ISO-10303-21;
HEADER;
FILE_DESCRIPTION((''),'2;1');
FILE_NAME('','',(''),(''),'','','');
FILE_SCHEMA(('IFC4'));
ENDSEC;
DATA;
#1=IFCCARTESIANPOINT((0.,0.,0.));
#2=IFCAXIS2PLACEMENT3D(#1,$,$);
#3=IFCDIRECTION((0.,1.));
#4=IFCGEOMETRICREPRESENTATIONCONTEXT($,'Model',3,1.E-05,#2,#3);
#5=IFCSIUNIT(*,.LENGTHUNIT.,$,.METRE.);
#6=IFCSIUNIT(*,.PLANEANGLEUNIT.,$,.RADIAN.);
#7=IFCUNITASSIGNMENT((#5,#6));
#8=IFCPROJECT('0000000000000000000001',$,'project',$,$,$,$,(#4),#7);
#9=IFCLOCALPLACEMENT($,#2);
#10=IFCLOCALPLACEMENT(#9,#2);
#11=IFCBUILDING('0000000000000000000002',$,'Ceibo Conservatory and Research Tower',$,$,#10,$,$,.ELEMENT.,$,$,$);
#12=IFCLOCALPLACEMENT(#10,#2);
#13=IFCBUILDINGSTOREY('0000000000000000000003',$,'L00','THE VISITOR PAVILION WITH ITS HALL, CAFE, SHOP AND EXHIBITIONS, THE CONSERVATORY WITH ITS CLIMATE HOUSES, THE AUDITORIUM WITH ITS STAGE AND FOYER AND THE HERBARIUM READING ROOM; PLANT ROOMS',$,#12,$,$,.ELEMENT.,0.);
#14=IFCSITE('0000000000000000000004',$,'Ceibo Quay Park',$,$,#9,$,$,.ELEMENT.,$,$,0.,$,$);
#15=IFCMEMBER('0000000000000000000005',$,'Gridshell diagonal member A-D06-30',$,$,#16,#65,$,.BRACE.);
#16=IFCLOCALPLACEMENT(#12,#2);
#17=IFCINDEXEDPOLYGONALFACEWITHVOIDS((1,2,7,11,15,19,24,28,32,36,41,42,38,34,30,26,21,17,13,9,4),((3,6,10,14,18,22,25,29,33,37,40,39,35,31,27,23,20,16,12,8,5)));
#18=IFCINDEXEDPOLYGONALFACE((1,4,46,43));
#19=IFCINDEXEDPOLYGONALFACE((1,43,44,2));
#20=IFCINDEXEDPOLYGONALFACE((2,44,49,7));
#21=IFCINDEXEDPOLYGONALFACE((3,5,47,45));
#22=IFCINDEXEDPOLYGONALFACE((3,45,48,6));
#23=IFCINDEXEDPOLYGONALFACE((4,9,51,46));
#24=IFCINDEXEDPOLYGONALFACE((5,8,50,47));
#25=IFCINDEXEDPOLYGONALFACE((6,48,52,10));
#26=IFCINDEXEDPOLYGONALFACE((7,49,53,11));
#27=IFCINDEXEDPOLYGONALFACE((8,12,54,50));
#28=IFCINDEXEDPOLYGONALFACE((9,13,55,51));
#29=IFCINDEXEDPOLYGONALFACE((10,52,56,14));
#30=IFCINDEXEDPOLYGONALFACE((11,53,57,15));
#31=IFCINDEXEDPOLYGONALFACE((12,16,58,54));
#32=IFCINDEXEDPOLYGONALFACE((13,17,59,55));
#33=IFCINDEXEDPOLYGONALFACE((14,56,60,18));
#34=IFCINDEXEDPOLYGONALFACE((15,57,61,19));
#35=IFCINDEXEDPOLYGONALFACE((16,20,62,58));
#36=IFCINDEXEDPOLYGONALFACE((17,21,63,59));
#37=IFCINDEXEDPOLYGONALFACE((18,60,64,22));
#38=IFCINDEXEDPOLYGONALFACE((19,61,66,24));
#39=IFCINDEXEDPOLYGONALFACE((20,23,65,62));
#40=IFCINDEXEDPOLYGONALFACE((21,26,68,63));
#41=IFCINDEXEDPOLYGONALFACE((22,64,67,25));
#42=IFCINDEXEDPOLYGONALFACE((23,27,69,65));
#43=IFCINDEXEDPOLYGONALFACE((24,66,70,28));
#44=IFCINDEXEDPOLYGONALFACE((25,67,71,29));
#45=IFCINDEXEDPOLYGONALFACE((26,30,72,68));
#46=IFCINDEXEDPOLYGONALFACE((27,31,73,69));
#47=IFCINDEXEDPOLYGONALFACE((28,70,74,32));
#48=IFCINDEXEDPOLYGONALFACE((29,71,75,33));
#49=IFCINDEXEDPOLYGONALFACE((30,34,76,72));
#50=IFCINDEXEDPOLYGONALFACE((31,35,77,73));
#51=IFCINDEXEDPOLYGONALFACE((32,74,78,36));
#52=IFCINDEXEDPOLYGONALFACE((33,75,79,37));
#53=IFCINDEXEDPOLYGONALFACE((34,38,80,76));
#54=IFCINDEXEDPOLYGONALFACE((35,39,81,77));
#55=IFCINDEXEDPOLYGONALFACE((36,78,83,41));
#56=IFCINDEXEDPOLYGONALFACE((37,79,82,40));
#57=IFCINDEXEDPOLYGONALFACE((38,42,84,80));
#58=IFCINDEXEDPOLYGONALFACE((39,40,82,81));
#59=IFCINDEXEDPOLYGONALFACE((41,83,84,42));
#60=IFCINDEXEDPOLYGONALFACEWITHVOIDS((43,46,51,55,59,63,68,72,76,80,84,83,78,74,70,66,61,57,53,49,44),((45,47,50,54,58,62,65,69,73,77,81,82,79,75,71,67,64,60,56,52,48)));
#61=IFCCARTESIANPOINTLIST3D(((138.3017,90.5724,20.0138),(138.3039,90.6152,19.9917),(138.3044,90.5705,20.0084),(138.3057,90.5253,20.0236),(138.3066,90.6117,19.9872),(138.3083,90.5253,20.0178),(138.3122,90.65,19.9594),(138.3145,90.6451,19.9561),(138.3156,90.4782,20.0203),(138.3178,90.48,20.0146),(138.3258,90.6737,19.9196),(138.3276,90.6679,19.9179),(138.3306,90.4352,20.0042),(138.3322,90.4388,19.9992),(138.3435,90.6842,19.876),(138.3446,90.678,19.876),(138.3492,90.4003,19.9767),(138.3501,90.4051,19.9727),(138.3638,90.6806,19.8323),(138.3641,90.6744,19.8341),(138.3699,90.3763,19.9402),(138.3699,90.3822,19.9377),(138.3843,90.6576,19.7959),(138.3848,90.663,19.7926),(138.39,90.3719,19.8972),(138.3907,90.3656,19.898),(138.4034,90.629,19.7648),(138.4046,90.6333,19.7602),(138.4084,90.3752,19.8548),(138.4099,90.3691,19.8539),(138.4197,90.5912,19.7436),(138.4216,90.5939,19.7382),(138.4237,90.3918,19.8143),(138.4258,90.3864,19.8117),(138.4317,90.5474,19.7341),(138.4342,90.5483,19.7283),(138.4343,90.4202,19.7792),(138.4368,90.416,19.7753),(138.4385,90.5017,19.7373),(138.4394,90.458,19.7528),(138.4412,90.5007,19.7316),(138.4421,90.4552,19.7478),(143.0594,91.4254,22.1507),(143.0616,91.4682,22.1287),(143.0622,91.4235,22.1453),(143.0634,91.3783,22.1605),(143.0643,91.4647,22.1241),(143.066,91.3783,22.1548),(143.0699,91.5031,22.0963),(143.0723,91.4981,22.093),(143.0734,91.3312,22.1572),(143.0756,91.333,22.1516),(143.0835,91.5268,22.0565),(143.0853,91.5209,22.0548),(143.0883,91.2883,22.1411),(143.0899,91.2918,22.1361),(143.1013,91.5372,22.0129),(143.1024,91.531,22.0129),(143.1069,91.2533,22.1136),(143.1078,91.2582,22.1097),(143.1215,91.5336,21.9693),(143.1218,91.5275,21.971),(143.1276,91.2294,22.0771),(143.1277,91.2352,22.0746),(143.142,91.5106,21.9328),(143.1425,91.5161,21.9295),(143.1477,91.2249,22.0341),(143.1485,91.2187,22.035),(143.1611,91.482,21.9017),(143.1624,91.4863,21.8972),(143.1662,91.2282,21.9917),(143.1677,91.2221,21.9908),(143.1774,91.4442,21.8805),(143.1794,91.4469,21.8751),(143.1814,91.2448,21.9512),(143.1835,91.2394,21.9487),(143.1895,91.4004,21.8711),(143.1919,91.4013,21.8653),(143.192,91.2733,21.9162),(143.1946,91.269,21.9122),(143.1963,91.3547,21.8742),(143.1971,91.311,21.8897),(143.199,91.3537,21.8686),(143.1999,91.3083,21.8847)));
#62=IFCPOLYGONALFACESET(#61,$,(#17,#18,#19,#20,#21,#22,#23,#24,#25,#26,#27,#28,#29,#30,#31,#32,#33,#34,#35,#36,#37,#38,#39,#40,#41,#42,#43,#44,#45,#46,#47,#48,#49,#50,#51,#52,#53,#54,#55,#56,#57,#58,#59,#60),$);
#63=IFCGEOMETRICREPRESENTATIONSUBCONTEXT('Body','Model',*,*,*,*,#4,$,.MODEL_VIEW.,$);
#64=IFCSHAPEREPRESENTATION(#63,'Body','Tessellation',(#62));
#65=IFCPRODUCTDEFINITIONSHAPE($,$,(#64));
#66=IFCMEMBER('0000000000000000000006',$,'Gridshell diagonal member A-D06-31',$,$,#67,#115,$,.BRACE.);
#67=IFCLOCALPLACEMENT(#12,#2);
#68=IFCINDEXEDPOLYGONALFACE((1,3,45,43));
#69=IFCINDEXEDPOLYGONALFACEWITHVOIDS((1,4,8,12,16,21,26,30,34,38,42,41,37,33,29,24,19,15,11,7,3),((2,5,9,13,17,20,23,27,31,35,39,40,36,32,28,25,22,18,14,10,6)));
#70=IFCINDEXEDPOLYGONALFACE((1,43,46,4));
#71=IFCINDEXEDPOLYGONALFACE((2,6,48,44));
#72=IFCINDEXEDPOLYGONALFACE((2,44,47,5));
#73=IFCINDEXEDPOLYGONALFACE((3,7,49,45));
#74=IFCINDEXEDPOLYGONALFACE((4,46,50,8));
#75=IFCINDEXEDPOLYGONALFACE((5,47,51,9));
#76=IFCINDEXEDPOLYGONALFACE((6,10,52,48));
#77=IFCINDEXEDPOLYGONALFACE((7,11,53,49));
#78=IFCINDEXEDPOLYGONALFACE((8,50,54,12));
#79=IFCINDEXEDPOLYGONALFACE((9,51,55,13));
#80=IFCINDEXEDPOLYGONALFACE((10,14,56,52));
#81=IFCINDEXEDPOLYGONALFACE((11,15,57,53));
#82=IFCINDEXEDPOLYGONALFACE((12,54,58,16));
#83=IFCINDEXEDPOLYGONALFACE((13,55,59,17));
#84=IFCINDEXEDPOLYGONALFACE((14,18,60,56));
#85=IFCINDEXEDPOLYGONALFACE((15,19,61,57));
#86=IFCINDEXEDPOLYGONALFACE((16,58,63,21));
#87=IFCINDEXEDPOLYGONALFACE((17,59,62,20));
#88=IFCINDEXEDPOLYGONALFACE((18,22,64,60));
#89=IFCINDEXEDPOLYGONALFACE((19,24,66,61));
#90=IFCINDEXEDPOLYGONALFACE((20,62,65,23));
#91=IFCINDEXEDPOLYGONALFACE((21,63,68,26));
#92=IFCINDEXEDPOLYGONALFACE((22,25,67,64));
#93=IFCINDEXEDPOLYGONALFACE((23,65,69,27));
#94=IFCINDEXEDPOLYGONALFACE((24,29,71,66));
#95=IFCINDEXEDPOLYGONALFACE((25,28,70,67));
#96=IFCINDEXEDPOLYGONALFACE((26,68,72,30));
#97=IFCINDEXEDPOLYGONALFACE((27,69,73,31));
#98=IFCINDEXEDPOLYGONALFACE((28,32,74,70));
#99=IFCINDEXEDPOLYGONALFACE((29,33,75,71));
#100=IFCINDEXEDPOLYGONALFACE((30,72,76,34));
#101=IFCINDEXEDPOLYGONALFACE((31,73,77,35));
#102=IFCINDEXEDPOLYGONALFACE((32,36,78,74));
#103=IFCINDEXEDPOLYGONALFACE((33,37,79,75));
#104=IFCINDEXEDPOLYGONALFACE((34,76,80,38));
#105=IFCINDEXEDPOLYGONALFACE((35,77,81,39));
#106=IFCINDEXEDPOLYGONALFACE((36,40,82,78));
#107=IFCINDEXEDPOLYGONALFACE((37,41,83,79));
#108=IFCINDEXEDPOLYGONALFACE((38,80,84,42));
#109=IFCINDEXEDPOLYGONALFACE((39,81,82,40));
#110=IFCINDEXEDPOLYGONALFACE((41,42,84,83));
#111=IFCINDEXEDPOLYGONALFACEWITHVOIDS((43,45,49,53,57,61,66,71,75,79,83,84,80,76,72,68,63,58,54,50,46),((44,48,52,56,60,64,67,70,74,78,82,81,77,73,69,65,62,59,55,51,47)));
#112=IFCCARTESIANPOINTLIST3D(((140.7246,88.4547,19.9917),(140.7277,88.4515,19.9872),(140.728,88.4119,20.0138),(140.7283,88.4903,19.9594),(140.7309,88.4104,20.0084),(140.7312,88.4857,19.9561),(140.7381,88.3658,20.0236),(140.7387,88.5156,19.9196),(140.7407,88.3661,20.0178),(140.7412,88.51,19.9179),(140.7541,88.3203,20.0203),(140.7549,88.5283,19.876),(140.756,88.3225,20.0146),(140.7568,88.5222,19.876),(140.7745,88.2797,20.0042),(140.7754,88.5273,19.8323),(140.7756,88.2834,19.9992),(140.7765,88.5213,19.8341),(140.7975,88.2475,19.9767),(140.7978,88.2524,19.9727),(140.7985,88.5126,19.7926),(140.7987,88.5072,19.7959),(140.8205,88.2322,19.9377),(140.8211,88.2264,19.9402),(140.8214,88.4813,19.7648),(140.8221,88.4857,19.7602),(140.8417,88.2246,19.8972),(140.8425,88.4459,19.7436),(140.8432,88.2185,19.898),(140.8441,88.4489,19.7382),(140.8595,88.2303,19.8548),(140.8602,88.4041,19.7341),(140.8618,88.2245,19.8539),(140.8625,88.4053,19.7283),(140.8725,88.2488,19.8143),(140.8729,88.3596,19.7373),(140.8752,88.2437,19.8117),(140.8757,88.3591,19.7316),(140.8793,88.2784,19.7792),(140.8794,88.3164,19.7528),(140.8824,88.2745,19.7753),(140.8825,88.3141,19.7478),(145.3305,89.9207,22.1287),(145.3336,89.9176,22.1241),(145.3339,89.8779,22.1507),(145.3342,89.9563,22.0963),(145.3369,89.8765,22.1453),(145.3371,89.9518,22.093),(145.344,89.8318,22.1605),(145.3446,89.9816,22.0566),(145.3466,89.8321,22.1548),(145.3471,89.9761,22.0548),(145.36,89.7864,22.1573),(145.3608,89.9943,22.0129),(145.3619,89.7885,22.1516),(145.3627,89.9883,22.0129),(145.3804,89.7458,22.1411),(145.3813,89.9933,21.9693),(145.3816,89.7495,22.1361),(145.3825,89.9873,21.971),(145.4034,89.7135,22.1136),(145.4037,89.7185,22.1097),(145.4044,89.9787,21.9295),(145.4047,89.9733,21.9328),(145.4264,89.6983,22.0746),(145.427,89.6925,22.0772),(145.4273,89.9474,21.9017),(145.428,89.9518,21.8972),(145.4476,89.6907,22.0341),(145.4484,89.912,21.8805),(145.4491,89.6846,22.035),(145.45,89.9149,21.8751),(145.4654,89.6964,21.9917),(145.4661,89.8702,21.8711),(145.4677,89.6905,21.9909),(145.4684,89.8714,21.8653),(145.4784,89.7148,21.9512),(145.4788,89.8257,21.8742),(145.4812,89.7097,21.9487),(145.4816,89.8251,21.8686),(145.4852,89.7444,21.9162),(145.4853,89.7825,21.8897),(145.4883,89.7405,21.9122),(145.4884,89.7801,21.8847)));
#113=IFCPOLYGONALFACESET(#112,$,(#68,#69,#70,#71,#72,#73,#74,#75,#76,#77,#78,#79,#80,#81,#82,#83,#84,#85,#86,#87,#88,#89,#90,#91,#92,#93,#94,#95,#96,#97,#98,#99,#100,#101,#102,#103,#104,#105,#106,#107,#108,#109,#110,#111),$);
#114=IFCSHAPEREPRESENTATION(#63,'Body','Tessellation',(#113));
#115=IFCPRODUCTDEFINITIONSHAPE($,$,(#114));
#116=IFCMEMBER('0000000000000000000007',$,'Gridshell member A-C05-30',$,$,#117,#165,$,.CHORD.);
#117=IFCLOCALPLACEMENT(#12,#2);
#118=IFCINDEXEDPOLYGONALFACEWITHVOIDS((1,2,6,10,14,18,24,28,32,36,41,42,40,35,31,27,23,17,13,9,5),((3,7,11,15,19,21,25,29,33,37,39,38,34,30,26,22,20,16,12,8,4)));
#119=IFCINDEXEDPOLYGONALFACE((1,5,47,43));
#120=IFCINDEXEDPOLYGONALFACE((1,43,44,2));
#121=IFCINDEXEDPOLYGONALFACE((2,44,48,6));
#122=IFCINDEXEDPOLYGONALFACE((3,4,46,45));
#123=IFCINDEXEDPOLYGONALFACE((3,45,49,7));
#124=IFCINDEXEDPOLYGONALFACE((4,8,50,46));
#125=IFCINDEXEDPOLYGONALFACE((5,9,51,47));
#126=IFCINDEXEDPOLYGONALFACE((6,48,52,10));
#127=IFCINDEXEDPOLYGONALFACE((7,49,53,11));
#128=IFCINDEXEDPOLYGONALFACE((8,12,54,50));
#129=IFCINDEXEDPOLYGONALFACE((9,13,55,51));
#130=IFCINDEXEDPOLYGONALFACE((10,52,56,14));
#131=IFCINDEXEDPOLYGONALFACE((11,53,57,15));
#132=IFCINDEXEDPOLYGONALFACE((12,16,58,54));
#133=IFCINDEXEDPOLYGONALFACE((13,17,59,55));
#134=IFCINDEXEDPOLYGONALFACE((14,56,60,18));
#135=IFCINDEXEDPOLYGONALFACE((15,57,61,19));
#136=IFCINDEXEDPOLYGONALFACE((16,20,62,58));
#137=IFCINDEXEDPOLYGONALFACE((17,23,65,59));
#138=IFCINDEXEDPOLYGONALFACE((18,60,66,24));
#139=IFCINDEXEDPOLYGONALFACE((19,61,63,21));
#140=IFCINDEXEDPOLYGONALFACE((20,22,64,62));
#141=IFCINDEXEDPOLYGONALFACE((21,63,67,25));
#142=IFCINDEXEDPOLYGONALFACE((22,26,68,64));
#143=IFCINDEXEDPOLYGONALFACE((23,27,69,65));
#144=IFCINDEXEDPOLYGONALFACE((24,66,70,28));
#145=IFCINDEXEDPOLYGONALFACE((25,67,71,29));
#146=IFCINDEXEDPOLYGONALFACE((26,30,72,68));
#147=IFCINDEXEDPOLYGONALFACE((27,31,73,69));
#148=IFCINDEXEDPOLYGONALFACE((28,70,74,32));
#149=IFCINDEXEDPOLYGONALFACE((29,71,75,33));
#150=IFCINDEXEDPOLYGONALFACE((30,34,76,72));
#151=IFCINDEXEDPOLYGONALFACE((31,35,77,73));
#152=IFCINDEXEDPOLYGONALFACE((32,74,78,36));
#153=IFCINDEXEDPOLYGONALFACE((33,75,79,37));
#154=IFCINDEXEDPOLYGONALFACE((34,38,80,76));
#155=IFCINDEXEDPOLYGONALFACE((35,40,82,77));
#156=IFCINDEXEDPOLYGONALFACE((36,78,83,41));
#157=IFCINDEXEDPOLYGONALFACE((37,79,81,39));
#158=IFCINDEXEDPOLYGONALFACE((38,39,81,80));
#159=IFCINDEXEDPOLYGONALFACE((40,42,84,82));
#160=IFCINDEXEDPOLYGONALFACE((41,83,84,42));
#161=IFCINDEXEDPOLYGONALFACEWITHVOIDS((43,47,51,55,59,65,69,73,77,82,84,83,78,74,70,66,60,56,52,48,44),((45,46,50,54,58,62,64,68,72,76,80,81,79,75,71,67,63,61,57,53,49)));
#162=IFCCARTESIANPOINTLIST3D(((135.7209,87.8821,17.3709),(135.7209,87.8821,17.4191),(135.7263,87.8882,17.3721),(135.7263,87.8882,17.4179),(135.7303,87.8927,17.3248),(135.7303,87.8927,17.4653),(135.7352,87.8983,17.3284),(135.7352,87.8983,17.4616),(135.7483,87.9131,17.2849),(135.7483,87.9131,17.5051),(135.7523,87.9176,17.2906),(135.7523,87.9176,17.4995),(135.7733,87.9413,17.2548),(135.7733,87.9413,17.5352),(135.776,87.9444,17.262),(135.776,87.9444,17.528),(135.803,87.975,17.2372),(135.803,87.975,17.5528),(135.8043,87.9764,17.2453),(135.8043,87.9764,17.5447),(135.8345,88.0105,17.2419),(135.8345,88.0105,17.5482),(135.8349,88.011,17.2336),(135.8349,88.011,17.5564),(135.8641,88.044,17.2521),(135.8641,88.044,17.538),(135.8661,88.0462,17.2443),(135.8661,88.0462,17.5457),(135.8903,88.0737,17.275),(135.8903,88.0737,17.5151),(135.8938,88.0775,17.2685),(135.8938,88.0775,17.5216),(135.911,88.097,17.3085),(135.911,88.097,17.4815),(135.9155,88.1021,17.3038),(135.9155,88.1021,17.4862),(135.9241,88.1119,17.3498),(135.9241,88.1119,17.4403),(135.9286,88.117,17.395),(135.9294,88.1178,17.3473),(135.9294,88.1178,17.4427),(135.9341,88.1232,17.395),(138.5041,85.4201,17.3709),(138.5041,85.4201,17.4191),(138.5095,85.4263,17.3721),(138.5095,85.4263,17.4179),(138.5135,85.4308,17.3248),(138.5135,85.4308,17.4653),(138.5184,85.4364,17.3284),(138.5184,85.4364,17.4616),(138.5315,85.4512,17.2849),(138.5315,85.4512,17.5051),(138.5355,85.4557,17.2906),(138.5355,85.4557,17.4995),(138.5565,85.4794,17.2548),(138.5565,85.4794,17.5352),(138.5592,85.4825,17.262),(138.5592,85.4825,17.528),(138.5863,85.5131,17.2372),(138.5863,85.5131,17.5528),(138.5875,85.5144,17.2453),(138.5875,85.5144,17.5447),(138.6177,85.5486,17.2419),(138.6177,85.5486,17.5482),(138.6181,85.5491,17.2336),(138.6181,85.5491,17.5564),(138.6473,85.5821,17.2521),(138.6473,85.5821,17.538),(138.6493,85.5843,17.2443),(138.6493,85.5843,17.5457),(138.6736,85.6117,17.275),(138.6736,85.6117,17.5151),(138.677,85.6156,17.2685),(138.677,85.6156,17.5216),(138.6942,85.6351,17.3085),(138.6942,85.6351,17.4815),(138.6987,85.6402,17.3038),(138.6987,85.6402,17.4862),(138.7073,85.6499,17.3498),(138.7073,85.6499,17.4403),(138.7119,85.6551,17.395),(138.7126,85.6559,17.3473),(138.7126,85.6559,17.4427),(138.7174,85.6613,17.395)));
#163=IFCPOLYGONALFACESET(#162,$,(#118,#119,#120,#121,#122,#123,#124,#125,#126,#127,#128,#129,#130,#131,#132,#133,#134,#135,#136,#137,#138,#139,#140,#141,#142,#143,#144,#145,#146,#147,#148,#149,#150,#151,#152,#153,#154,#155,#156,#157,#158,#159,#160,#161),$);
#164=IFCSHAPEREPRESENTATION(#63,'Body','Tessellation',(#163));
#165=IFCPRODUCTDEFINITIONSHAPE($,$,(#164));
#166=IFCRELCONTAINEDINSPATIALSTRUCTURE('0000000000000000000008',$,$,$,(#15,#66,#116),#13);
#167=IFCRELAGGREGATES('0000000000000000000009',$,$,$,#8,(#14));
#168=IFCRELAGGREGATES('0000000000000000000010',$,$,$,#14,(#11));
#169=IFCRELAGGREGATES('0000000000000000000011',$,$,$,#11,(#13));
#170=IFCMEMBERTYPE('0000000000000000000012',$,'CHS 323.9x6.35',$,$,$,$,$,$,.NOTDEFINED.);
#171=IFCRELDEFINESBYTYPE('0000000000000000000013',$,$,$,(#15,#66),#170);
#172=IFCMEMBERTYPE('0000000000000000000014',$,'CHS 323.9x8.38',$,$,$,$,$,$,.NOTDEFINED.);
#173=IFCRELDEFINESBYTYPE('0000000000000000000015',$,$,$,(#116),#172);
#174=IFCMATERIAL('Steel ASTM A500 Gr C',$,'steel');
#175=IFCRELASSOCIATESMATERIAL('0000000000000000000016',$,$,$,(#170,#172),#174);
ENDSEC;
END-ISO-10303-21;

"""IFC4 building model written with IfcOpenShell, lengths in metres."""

from ifc_helpers import new_model, si_unit, direction, frame, origin, origin_2d, place, context, subcontext, project, spatial, hollow_circle, extrude, material, material_profile, profile_set, type_object, element, save


model = new_model("IFC4")

# Units and contexts
model_context = context("Model", 3, precision=1e-05, world=origin(), true_north=direction((0.0, 1.0)))
body_context = subcontext(model_context, "Body", "Model", "MODEL_VIEW")
ifc_project = project(units=[si_unit("LENGTHUNIT", "METRE"), si_unit("PLANEANGLEUNIT", "RADIAN")], contexts=[model_context])

# Site, building, storey
site_placement = place(None, origin())
site = spatial("IfcSite", under=ifc_project, at=site_placement, Name="Ceibo Quay Park", CompositionType="ELEMENT", RefElevation=0.0)
building_placement = place(site_placement, origin())
building = spatial("IfcBuilding", under=site, at=building_placement, Name="Ceibo Conservatory and Research Tower", CompositionType="ELEMENT")
storey_placement = place(building_placement, origin())
storey = spatial("IfcBuildingStorey", under=building, at=storey_placement, Name="L00", Description="THE VISITOR PAVILION WITH ITS HALL, CAFE, SHOP AND EXHIBITIONS, THE CONSERVATORY WITH ITS CLIMATE HOUSES, THE AUDITORIUM WITH ITS STAGE AND FOYER AND THE HERBARIUM READING ROOM; PLANT ROOMS", CompositionType="ELEMENT", Elevation=0.0)

# Members
ifc_material_1 = material(Name="Steel ASTM A500 Gr C", Category="steel")
ifc_material_profile_1 = material_profile(ifc_material_1, hollow_circle(Radius=0.1619, WallThickness=0.0063, at=origin_2d()), Name="CHS 323.9x6.35")
ifc_profile_set_1 = profile_set([ifc_material_profile_1], Name="Steel ASTM A500 Gr C")
member_type_1 = type_object("IfcMemberType", Name="CHS 323.9x6.35", PredefinedType="NOTDEFINED", material=ifc_profile_set_1)
for number, where, z_axis, x_axis, name in (
    (1, (138.3721, 90.5249, 19.876), (0.900251, 0.161406, 0.404346), (-0.176476, 0.984305, 0.0), "Gridshell diagonal member A-D06-30"),
    (2, (140.804, 88.374, 19.876), (0.871522, 0.277403, 0.404348), (-0.303304, 0.952894, 0.0), "Gridshell diagonal member A-D06-31"),
):
    element("IfcMember", number, at=place(storey_placement, frame(where, z_axis=z_axis, x_axis=x_axis)), inside=storey, type_object=member_type_1, Name=name, PredefinedType="BRACE", context=body_context, shape_type="SweptSolid", body=[
        extrude(hollow_circle(Radius=0.1619, WallThickness=0.0063, at=origin_2d()), origin(), (0.0, 0.0, 1.0), 5.2849),
    ])
ifc_material_profile_2 = material_profile(ifc_material_1, hollow_circle(Radius=0.1619, WallThickness=0.0083, at=origin_2d()), Name="CHS 323.9x8.38")
ifc_profile_set_2 = profile_set([ifc_material_profile_2], Name="Steel ASTM A500 Gr C")
member_type_2 = type_object("IfcMemberType", Name="CHS 323.9x8.38", PredefinedType="NOTDEFINED", material=ifc_profile_set_2)
member_1_placement = place(storey_placement, frame((135.8269, 88.002, 17.395), z_axis=(0.749017, -0.662551, 0.0), x_axis=(0.662551, 0.749017, 0.0)))
element("IfcMember", 3, at=member_1_placement, inside=storey, type_object=member_type_2, Name="Gridshell member A-C05-30", PredefinedType="CHORD", context=body_context, shape_type="SweptSolid", body=[
    extrude(hollow_circle(Radius=0.1619, WallThickness=0.0083, at=origin_2d()), origin(), (0.0, 0.0, 1.0), 3.7158),
])

save(model, "model.ifc")
